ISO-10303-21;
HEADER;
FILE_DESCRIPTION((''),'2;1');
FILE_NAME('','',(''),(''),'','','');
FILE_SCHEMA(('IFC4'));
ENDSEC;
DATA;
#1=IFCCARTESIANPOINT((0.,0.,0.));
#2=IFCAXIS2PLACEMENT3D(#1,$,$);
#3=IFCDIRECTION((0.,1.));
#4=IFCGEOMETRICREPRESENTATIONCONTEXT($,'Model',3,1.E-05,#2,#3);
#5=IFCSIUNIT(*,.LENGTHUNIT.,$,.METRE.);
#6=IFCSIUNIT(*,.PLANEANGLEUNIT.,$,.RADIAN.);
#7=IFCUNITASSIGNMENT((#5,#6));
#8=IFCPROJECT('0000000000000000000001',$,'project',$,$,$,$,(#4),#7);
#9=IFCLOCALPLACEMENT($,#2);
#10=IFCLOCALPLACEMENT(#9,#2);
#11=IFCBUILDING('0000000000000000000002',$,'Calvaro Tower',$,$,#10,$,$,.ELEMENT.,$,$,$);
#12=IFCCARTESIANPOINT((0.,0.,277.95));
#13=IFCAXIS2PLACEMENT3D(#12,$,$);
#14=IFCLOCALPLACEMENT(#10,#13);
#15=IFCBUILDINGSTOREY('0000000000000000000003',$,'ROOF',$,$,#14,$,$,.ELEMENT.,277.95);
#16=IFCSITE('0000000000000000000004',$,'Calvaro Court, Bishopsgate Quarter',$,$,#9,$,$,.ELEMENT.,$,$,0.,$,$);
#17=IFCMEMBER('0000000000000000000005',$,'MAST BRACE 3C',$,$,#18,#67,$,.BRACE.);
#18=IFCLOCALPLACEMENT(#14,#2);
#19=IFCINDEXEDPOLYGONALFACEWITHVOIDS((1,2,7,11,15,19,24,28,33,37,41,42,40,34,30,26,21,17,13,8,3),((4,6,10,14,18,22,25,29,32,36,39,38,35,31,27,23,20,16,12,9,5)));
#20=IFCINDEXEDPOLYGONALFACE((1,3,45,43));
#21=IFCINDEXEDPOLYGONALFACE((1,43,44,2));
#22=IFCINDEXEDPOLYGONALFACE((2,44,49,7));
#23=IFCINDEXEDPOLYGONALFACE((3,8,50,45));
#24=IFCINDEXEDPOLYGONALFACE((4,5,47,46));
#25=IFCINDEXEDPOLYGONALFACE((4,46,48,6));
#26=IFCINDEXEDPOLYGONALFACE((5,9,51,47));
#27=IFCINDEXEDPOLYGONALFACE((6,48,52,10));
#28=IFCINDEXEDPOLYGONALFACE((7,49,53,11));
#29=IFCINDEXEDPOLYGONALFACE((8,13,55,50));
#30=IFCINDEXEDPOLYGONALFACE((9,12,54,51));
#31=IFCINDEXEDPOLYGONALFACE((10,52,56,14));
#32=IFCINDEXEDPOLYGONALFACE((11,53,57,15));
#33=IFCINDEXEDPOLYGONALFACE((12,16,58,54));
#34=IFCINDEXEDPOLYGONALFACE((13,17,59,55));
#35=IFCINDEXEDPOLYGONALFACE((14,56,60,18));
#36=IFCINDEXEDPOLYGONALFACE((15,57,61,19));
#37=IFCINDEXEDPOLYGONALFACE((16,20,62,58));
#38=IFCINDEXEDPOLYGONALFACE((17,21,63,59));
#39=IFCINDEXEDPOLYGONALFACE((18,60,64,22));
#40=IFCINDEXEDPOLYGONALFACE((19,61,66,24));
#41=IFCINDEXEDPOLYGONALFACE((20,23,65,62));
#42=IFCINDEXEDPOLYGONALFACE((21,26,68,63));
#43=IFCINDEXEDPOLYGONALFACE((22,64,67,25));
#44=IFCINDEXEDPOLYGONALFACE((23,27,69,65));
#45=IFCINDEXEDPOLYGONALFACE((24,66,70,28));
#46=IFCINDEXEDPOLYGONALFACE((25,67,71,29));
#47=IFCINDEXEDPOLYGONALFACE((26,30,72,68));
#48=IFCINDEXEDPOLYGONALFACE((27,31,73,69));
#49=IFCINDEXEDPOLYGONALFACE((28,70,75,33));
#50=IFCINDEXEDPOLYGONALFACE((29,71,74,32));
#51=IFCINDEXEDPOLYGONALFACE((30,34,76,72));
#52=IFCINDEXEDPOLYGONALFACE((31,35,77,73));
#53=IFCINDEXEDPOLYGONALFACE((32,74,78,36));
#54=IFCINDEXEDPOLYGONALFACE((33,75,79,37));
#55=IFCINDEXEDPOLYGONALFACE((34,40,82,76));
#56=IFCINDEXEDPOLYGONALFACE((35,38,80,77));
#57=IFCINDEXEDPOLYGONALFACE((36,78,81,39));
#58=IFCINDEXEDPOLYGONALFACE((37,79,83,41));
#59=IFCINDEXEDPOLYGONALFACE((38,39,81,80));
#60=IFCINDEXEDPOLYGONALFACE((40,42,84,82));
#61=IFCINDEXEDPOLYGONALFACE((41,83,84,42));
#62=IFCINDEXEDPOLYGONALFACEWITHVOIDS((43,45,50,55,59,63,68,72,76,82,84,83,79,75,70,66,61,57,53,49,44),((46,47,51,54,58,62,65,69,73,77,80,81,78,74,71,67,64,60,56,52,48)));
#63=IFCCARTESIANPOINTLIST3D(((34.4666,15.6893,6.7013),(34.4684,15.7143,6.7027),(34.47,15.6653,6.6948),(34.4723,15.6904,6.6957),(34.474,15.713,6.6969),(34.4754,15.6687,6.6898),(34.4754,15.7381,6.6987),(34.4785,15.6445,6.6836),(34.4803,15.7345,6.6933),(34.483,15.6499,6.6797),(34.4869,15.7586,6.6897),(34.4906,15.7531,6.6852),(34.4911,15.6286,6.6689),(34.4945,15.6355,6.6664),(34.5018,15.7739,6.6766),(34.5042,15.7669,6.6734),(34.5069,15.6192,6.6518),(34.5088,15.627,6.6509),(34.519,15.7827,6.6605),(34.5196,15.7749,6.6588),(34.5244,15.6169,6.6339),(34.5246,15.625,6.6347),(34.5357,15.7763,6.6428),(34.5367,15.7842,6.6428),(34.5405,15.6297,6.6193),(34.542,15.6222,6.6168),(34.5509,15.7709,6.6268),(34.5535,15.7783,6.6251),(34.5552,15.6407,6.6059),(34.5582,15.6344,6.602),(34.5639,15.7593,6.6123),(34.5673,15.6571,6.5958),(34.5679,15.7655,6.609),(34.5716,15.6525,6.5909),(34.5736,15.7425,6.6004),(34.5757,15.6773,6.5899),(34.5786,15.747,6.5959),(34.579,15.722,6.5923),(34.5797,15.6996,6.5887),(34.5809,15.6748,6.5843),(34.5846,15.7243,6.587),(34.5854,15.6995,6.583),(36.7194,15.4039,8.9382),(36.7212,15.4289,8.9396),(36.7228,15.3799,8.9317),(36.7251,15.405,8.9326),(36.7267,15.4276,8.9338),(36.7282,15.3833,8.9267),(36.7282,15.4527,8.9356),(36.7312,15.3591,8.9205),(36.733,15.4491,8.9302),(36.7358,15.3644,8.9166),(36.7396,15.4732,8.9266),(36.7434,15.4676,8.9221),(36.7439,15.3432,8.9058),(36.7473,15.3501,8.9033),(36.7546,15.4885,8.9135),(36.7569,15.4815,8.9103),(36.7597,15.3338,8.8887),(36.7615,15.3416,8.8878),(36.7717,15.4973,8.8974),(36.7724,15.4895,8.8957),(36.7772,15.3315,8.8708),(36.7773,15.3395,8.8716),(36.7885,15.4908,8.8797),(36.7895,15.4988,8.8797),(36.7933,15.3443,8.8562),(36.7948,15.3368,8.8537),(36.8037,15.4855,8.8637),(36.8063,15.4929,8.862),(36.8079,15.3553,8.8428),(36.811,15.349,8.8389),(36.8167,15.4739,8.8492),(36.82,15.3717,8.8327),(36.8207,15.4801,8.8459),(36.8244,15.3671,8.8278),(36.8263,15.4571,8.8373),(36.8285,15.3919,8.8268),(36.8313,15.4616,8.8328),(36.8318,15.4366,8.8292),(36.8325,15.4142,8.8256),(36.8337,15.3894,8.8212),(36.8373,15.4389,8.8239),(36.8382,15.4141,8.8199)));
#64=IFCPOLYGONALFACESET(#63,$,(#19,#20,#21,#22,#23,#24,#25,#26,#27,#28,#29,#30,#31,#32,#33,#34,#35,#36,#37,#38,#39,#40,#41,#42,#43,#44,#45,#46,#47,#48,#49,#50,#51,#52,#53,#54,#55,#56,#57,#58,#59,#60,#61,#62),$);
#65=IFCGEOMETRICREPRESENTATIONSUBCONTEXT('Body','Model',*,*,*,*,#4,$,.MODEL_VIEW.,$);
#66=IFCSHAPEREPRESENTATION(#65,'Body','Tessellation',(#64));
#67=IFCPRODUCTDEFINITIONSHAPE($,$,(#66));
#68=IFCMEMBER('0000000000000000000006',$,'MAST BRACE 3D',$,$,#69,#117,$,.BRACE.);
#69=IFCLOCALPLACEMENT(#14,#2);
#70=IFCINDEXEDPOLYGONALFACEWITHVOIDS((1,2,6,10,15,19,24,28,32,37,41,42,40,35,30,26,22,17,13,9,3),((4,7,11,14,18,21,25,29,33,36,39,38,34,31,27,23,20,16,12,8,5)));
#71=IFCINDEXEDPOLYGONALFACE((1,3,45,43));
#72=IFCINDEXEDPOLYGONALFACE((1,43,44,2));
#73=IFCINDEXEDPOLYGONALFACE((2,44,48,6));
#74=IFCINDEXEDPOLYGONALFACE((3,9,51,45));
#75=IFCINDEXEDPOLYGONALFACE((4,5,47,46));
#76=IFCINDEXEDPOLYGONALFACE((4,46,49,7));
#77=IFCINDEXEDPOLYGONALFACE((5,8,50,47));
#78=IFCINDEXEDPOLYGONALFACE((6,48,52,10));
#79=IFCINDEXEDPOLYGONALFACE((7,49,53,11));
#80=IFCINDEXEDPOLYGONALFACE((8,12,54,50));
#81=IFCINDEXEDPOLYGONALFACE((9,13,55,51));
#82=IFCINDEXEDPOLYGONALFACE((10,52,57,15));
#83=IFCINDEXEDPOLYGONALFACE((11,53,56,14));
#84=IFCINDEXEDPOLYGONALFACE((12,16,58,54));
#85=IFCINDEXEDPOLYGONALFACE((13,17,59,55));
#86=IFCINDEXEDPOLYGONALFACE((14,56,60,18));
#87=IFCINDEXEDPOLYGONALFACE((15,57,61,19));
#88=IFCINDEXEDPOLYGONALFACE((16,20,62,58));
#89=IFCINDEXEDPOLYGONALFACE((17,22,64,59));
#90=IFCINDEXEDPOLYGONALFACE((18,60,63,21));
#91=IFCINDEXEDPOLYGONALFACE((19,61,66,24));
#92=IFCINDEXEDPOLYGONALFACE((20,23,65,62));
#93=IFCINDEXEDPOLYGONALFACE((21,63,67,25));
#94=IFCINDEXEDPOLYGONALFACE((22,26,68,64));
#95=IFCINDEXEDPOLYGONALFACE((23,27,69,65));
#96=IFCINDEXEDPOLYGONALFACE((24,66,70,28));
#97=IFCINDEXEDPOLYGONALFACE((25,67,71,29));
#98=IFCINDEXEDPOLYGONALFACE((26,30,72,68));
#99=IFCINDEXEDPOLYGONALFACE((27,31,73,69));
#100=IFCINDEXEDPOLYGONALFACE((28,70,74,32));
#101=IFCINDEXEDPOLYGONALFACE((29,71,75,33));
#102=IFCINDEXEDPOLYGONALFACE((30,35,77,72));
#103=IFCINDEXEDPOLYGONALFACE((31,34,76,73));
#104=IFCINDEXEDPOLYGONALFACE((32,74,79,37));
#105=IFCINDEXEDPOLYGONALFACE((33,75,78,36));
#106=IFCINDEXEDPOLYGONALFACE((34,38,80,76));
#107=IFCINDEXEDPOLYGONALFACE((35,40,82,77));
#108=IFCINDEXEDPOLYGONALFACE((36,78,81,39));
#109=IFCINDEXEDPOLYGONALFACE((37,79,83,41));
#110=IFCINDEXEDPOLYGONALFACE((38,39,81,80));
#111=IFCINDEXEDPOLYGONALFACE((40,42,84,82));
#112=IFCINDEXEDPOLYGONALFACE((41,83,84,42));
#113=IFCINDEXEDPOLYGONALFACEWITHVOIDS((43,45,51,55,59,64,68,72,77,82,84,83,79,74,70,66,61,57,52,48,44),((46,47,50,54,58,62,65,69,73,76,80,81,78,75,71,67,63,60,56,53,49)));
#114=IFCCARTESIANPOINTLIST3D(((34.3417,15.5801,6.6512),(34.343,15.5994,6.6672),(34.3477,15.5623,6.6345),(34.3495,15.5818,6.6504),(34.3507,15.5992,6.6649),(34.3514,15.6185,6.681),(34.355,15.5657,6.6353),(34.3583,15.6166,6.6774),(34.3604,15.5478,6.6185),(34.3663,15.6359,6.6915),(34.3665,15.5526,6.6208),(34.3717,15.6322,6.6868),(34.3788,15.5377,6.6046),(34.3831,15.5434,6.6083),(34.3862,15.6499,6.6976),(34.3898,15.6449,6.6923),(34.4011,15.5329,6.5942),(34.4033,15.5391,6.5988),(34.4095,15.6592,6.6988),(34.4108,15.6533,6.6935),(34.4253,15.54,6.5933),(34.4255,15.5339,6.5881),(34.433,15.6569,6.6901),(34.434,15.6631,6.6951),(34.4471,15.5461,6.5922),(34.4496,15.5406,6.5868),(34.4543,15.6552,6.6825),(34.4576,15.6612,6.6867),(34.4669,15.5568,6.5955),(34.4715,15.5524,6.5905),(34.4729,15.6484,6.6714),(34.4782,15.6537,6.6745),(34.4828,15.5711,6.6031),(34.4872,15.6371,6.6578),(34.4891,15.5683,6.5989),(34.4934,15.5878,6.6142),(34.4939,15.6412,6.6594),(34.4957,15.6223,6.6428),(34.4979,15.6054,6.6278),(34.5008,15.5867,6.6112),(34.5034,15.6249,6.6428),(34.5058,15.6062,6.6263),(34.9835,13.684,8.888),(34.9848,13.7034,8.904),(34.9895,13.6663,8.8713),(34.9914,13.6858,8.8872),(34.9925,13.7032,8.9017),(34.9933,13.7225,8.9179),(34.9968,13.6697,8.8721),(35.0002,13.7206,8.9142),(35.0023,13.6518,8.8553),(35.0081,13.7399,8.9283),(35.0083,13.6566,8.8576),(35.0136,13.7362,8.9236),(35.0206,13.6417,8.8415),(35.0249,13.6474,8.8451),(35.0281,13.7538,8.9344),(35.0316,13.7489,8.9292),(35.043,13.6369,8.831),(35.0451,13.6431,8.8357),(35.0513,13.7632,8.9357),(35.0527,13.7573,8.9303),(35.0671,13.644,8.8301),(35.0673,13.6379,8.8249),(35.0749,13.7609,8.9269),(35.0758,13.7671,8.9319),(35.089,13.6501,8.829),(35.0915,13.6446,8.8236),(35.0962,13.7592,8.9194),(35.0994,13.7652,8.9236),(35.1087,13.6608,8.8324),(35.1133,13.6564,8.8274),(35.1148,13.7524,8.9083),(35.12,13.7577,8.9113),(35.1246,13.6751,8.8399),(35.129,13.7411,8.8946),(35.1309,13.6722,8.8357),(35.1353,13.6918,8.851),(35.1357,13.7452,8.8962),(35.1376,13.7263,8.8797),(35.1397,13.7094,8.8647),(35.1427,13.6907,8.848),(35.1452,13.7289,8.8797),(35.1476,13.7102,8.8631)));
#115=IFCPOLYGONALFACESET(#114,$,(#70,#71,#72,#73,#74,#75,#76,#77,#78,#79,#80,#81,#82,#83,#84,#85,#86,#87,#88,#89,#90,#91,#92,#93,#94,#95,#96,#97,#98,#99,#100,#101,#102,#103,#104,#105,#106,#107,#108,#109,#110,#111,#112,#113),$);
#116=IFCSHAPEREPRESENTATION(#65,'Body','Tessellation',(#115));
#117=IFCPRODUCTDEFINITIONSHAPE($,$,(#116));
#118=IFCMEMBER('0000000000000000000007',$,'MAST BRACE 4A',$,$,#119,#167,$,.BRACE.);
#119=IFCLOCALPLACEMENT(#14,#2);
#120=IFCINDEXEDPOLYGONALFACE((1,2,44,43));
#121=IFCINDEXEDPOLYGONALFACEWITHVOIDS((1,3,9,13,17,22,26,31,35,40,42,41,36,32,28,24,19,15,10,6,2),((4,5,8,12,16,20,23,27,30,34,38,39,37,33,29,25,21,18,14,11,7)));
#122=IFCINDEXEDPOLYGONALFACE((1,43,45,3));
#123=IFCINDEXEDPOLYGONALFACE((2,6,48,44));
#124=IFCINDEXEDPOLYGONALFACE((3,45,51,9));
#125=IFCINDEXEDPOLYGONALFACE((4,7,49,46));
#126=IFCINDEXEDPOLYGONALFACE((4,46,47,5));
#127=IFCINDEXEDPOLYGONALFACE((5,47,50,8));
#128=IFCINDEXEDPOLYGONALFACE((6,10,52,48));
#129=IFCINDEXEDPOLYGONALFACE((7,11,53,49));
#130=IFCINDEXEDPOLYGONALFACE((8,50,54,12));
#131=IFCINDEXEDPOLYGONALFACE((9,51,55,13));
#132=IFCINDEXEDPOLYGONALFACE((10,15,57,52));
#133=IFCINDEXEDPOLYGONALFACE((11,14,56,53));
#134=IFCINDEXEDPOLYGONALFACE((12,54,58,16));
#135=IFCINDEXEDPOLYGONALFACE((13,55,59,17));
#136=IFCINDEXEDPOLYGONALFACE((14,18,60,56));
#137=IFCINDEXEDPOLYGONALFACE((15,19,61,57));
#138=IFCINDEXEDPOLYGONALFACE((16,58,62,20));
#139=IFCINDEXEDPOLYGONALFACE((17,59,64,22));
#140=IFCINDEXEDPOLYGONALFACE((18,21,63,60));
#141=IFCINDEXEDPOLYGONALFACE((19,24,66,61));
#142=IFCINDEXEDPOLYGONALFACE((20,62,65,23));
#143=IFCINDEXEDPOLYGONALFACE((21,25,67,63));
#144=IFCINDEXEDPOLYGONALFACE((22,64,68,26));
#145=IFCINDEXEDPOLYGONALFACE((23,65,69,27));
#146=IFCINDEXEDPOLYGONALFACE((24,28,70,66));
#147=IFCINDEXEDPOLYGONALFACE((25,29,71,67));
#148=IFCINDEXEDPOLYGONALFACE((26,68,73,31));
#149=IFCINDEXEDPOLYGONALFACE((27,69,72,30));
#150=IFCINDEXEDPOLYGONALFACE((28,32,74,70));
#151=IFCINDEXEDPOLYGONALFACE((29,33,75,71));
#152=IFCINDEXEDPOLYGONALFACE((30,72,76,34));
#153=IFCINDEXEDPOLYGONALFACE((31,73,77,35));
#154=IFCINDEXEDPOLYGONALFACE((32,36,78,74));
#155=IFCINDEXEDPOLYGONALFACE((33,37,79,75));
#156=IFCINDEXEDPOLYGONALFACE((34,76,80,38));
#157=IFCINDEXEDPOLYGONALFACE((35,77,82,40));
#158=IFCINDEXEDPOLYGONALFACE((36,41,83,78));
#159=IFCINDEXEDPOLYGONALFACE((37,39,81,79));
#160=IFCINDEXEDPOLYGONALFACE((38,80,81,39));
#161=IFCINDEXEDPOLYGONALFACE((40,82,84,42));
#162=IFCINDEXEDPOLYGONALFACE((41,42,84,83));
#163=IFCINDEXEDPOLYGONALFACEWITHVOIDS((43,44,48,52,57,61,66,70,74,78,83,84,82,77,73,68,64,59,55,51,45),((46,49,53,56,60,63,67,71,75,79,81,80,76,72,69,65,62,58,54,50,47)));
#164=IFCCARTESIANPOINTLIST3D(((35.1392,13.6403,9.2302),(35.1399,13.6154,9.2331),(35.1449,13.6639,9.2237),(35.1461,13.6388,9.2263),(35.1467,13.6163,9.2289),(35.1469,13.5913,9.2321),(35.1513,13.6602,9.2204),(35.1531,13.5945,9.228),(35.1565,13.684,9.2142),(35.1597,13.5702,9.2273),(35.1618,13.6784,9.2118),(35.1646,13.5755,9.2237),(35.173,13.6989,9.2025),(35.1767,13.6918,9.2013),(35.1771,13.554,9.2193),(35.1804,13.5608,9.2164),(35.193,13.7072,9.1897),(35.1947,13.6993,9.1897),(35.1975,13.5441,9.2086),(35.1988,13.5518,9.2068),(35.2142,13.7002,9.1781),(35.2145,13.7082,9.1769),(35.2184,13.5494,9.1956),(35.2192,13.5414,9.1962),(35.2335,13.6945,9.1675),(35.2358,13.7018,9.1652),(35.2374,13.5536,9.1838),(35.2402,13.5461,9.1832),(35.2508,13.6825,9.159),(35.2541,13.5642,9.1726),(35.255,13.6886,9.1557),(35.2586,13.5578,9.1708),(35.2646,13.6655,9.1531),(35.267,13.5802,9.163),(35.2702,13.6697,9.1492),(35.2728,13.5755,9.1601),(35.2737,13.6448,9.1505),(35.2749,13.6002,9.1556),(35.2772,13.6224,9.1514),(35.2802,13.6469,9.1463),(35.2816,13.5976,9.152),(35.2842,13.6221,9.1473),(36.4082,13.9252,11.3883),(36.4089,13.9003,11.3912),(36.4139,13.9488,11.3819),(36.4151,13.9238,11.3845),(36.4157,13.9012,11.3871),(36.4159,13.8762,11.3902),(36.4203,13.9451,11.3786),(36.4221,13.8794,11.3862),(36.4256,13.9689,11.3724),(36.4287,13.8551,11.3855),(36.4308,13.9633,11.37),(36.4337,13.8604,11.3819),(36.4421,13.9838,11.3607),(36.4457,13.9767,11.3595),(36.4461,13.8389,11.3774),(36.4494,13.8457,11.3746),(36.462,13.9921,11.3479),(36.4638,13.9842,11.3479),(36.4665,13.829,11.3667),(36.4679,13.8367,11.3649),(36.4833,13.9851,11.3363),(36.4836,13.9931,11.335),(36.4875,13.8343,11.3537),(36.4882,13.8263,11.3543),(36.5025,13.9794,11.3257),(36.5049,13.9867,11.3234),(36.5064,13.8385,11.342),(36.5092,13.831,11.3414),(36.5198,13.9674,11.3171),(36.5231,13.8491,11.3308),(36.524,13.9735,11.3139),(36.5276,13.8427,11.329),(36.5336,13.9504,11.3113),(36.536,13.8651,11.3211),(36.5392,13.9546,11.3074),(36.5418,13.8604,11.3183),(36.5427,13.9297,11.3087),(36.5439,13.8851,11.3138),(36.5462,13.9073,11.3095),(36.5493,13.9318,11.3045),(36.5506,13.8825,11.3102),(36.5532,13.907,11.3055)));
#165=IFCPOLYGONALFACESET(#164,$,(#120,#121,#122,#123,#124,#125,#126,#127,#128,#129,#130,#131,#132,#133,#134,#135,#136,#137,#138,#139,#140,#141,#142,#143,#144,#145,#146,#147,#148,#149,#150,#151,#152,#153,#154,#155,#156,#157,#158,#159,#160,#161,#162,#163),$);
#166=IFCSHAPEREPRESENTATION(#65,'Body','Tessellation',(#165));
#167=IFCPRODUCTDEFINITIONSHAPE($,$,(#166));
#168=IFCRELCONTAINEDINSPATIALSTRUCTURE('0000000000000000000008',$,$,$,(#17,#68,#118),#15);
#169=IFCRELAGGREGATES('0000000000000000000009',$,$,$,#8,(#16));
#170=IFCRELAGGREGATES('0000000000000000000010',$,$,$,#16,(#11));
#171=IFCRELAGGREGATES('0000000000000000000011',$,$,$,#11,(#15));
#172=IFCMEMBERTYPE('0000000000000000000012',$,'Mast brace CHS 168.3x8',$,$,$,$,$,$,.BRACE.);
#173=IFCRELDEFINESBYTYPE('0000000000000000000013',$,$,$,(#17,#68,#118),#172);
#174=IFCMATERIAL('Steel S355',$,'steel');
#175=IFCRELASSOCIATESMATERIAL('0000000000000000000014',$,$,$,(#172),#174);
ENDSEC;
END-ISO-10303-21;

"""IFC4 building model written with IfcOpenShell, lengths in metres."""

from ifc_helpers import new_model, si_unit, direction, frame, origin, origin_2d, place, context, subcontext, project, spatial, hollow_circle, extrude, material, material_profile, profile_set, type_object, element, save


model = new_model("IFC4")

# Units and contexts
model_context = context("Model", 3, precision=1e-05, world=origin(), true_north=direction((0.0, 1.0)))
body_context = subcontext(model_context, "Body", "Model", "MODEL_VIEW")
ifc_project = project(units=[si_unit("LENGTHUNIT", "METRE"), si_unit("PLANEANGLEUNIT", "RADIAN")], contexts=[model_context])

# Site, building, storey
site_placement = place(None, origin())
site = spatial("IfcSite", under=ifc_project, at=site_placement, Name="Calvaro Court, Bishopsgate Quarter", CompositionType="ELEMENT", RefElevation=0.0)
building_placement = place(site_placement, origin())
building = spatial("IfcBuilding", under=site, at=building_placement, Name="Calvaro Tower", CompositionType="ELEMENT")
storey_placement = place(building_placement, frame((0.0, 0.0, 277.95)))
storey = spatial("IfcBuildingStorey", under=building, at=storey_placement, Name="ROOF", CompositionType="ELEMENT", Elevation=277.95)

# Members
ifc_material_1 = material(Name="Steel S355", Category="steel")
ifc_material_profile_1 = material_profile(ifc_material_1, hollow_circle(Radius=0.0842, WallThickness=0.0081, at=origin_2d()), Name="CHS 168.3x8")
ifc_profile_set_1 = profile_set([ifc_material_profile_1], Name="Steel S355")
member_type_1 = type_object("IfcMemberType", Name="Mast brace CHS 168.3x8", PredefinedType="BRACE", material=ifc_profile_set_1)
member_1_placement = place(storey_placement, frame((34.5261, 15.7007, 6.6428), z_axis=(0.706751, -0.089541, 0.701773), x_axis=(0.125689, 0.99207, 0.0)))
element("IfcMember", 1, at=member_1_placement, inside=storey, type_object=member_type_1, Name="MAST BRACE 3C", PredefinedType="BRACE", context=body_context, shape_type="SweptSolid", body=[
    extrude(hollow_circle(Radius=0.0842, WallThickness=0.0081, at=origin_2d()), origin(), (0.0, 0.0, 1.0), 3.1875),
])
member_2_placement = place(storey_placement, frame((34.4236, 15.5979, 6.6428), z_axis=(0.213828, -0.631644, 0.745187), x_axis=(0.947197, 0.320652, 0.0)))
element("IfcMember", 2, at=member_2_placement, inside=storey, type_object=member_type_1, Name="MAST BRACE 3D", PredefinedType="BRACE", context=body_context, shape_type="SweptSolid", body=[
    extrude(hollow_circle(Radius=0.0842, WallThickness=0.0081, at=origin_2d()), origin(), (0.0, 0.0, 1.0), 3.0017),
])
for number, where, z_axis, x_axis, name in (
    (3, (35.2114, 13.625, 9.1897), (0.503625, 0.113069, 0.856491), (-0.219057, 0.975712, 0.0), "MAST BRACE 4A"),
):
    element("IfcMember", number, at=place(storey_placement, frame(where, z_axis=z_axis, x_axis=x_axis)), inside=storey, type_object=member_type_1, Name=name, PredefinedType="BRACE", context=body_context, shape_type="SweptSolid", body=[
        extrude(hollow_circle(Radius=0.0842, WallThickness=0.0081, at=origin_2d()), origin(), (0.0, 0.0, 1.0), 2.5198),
    ])

save(model, "model.ifc")
